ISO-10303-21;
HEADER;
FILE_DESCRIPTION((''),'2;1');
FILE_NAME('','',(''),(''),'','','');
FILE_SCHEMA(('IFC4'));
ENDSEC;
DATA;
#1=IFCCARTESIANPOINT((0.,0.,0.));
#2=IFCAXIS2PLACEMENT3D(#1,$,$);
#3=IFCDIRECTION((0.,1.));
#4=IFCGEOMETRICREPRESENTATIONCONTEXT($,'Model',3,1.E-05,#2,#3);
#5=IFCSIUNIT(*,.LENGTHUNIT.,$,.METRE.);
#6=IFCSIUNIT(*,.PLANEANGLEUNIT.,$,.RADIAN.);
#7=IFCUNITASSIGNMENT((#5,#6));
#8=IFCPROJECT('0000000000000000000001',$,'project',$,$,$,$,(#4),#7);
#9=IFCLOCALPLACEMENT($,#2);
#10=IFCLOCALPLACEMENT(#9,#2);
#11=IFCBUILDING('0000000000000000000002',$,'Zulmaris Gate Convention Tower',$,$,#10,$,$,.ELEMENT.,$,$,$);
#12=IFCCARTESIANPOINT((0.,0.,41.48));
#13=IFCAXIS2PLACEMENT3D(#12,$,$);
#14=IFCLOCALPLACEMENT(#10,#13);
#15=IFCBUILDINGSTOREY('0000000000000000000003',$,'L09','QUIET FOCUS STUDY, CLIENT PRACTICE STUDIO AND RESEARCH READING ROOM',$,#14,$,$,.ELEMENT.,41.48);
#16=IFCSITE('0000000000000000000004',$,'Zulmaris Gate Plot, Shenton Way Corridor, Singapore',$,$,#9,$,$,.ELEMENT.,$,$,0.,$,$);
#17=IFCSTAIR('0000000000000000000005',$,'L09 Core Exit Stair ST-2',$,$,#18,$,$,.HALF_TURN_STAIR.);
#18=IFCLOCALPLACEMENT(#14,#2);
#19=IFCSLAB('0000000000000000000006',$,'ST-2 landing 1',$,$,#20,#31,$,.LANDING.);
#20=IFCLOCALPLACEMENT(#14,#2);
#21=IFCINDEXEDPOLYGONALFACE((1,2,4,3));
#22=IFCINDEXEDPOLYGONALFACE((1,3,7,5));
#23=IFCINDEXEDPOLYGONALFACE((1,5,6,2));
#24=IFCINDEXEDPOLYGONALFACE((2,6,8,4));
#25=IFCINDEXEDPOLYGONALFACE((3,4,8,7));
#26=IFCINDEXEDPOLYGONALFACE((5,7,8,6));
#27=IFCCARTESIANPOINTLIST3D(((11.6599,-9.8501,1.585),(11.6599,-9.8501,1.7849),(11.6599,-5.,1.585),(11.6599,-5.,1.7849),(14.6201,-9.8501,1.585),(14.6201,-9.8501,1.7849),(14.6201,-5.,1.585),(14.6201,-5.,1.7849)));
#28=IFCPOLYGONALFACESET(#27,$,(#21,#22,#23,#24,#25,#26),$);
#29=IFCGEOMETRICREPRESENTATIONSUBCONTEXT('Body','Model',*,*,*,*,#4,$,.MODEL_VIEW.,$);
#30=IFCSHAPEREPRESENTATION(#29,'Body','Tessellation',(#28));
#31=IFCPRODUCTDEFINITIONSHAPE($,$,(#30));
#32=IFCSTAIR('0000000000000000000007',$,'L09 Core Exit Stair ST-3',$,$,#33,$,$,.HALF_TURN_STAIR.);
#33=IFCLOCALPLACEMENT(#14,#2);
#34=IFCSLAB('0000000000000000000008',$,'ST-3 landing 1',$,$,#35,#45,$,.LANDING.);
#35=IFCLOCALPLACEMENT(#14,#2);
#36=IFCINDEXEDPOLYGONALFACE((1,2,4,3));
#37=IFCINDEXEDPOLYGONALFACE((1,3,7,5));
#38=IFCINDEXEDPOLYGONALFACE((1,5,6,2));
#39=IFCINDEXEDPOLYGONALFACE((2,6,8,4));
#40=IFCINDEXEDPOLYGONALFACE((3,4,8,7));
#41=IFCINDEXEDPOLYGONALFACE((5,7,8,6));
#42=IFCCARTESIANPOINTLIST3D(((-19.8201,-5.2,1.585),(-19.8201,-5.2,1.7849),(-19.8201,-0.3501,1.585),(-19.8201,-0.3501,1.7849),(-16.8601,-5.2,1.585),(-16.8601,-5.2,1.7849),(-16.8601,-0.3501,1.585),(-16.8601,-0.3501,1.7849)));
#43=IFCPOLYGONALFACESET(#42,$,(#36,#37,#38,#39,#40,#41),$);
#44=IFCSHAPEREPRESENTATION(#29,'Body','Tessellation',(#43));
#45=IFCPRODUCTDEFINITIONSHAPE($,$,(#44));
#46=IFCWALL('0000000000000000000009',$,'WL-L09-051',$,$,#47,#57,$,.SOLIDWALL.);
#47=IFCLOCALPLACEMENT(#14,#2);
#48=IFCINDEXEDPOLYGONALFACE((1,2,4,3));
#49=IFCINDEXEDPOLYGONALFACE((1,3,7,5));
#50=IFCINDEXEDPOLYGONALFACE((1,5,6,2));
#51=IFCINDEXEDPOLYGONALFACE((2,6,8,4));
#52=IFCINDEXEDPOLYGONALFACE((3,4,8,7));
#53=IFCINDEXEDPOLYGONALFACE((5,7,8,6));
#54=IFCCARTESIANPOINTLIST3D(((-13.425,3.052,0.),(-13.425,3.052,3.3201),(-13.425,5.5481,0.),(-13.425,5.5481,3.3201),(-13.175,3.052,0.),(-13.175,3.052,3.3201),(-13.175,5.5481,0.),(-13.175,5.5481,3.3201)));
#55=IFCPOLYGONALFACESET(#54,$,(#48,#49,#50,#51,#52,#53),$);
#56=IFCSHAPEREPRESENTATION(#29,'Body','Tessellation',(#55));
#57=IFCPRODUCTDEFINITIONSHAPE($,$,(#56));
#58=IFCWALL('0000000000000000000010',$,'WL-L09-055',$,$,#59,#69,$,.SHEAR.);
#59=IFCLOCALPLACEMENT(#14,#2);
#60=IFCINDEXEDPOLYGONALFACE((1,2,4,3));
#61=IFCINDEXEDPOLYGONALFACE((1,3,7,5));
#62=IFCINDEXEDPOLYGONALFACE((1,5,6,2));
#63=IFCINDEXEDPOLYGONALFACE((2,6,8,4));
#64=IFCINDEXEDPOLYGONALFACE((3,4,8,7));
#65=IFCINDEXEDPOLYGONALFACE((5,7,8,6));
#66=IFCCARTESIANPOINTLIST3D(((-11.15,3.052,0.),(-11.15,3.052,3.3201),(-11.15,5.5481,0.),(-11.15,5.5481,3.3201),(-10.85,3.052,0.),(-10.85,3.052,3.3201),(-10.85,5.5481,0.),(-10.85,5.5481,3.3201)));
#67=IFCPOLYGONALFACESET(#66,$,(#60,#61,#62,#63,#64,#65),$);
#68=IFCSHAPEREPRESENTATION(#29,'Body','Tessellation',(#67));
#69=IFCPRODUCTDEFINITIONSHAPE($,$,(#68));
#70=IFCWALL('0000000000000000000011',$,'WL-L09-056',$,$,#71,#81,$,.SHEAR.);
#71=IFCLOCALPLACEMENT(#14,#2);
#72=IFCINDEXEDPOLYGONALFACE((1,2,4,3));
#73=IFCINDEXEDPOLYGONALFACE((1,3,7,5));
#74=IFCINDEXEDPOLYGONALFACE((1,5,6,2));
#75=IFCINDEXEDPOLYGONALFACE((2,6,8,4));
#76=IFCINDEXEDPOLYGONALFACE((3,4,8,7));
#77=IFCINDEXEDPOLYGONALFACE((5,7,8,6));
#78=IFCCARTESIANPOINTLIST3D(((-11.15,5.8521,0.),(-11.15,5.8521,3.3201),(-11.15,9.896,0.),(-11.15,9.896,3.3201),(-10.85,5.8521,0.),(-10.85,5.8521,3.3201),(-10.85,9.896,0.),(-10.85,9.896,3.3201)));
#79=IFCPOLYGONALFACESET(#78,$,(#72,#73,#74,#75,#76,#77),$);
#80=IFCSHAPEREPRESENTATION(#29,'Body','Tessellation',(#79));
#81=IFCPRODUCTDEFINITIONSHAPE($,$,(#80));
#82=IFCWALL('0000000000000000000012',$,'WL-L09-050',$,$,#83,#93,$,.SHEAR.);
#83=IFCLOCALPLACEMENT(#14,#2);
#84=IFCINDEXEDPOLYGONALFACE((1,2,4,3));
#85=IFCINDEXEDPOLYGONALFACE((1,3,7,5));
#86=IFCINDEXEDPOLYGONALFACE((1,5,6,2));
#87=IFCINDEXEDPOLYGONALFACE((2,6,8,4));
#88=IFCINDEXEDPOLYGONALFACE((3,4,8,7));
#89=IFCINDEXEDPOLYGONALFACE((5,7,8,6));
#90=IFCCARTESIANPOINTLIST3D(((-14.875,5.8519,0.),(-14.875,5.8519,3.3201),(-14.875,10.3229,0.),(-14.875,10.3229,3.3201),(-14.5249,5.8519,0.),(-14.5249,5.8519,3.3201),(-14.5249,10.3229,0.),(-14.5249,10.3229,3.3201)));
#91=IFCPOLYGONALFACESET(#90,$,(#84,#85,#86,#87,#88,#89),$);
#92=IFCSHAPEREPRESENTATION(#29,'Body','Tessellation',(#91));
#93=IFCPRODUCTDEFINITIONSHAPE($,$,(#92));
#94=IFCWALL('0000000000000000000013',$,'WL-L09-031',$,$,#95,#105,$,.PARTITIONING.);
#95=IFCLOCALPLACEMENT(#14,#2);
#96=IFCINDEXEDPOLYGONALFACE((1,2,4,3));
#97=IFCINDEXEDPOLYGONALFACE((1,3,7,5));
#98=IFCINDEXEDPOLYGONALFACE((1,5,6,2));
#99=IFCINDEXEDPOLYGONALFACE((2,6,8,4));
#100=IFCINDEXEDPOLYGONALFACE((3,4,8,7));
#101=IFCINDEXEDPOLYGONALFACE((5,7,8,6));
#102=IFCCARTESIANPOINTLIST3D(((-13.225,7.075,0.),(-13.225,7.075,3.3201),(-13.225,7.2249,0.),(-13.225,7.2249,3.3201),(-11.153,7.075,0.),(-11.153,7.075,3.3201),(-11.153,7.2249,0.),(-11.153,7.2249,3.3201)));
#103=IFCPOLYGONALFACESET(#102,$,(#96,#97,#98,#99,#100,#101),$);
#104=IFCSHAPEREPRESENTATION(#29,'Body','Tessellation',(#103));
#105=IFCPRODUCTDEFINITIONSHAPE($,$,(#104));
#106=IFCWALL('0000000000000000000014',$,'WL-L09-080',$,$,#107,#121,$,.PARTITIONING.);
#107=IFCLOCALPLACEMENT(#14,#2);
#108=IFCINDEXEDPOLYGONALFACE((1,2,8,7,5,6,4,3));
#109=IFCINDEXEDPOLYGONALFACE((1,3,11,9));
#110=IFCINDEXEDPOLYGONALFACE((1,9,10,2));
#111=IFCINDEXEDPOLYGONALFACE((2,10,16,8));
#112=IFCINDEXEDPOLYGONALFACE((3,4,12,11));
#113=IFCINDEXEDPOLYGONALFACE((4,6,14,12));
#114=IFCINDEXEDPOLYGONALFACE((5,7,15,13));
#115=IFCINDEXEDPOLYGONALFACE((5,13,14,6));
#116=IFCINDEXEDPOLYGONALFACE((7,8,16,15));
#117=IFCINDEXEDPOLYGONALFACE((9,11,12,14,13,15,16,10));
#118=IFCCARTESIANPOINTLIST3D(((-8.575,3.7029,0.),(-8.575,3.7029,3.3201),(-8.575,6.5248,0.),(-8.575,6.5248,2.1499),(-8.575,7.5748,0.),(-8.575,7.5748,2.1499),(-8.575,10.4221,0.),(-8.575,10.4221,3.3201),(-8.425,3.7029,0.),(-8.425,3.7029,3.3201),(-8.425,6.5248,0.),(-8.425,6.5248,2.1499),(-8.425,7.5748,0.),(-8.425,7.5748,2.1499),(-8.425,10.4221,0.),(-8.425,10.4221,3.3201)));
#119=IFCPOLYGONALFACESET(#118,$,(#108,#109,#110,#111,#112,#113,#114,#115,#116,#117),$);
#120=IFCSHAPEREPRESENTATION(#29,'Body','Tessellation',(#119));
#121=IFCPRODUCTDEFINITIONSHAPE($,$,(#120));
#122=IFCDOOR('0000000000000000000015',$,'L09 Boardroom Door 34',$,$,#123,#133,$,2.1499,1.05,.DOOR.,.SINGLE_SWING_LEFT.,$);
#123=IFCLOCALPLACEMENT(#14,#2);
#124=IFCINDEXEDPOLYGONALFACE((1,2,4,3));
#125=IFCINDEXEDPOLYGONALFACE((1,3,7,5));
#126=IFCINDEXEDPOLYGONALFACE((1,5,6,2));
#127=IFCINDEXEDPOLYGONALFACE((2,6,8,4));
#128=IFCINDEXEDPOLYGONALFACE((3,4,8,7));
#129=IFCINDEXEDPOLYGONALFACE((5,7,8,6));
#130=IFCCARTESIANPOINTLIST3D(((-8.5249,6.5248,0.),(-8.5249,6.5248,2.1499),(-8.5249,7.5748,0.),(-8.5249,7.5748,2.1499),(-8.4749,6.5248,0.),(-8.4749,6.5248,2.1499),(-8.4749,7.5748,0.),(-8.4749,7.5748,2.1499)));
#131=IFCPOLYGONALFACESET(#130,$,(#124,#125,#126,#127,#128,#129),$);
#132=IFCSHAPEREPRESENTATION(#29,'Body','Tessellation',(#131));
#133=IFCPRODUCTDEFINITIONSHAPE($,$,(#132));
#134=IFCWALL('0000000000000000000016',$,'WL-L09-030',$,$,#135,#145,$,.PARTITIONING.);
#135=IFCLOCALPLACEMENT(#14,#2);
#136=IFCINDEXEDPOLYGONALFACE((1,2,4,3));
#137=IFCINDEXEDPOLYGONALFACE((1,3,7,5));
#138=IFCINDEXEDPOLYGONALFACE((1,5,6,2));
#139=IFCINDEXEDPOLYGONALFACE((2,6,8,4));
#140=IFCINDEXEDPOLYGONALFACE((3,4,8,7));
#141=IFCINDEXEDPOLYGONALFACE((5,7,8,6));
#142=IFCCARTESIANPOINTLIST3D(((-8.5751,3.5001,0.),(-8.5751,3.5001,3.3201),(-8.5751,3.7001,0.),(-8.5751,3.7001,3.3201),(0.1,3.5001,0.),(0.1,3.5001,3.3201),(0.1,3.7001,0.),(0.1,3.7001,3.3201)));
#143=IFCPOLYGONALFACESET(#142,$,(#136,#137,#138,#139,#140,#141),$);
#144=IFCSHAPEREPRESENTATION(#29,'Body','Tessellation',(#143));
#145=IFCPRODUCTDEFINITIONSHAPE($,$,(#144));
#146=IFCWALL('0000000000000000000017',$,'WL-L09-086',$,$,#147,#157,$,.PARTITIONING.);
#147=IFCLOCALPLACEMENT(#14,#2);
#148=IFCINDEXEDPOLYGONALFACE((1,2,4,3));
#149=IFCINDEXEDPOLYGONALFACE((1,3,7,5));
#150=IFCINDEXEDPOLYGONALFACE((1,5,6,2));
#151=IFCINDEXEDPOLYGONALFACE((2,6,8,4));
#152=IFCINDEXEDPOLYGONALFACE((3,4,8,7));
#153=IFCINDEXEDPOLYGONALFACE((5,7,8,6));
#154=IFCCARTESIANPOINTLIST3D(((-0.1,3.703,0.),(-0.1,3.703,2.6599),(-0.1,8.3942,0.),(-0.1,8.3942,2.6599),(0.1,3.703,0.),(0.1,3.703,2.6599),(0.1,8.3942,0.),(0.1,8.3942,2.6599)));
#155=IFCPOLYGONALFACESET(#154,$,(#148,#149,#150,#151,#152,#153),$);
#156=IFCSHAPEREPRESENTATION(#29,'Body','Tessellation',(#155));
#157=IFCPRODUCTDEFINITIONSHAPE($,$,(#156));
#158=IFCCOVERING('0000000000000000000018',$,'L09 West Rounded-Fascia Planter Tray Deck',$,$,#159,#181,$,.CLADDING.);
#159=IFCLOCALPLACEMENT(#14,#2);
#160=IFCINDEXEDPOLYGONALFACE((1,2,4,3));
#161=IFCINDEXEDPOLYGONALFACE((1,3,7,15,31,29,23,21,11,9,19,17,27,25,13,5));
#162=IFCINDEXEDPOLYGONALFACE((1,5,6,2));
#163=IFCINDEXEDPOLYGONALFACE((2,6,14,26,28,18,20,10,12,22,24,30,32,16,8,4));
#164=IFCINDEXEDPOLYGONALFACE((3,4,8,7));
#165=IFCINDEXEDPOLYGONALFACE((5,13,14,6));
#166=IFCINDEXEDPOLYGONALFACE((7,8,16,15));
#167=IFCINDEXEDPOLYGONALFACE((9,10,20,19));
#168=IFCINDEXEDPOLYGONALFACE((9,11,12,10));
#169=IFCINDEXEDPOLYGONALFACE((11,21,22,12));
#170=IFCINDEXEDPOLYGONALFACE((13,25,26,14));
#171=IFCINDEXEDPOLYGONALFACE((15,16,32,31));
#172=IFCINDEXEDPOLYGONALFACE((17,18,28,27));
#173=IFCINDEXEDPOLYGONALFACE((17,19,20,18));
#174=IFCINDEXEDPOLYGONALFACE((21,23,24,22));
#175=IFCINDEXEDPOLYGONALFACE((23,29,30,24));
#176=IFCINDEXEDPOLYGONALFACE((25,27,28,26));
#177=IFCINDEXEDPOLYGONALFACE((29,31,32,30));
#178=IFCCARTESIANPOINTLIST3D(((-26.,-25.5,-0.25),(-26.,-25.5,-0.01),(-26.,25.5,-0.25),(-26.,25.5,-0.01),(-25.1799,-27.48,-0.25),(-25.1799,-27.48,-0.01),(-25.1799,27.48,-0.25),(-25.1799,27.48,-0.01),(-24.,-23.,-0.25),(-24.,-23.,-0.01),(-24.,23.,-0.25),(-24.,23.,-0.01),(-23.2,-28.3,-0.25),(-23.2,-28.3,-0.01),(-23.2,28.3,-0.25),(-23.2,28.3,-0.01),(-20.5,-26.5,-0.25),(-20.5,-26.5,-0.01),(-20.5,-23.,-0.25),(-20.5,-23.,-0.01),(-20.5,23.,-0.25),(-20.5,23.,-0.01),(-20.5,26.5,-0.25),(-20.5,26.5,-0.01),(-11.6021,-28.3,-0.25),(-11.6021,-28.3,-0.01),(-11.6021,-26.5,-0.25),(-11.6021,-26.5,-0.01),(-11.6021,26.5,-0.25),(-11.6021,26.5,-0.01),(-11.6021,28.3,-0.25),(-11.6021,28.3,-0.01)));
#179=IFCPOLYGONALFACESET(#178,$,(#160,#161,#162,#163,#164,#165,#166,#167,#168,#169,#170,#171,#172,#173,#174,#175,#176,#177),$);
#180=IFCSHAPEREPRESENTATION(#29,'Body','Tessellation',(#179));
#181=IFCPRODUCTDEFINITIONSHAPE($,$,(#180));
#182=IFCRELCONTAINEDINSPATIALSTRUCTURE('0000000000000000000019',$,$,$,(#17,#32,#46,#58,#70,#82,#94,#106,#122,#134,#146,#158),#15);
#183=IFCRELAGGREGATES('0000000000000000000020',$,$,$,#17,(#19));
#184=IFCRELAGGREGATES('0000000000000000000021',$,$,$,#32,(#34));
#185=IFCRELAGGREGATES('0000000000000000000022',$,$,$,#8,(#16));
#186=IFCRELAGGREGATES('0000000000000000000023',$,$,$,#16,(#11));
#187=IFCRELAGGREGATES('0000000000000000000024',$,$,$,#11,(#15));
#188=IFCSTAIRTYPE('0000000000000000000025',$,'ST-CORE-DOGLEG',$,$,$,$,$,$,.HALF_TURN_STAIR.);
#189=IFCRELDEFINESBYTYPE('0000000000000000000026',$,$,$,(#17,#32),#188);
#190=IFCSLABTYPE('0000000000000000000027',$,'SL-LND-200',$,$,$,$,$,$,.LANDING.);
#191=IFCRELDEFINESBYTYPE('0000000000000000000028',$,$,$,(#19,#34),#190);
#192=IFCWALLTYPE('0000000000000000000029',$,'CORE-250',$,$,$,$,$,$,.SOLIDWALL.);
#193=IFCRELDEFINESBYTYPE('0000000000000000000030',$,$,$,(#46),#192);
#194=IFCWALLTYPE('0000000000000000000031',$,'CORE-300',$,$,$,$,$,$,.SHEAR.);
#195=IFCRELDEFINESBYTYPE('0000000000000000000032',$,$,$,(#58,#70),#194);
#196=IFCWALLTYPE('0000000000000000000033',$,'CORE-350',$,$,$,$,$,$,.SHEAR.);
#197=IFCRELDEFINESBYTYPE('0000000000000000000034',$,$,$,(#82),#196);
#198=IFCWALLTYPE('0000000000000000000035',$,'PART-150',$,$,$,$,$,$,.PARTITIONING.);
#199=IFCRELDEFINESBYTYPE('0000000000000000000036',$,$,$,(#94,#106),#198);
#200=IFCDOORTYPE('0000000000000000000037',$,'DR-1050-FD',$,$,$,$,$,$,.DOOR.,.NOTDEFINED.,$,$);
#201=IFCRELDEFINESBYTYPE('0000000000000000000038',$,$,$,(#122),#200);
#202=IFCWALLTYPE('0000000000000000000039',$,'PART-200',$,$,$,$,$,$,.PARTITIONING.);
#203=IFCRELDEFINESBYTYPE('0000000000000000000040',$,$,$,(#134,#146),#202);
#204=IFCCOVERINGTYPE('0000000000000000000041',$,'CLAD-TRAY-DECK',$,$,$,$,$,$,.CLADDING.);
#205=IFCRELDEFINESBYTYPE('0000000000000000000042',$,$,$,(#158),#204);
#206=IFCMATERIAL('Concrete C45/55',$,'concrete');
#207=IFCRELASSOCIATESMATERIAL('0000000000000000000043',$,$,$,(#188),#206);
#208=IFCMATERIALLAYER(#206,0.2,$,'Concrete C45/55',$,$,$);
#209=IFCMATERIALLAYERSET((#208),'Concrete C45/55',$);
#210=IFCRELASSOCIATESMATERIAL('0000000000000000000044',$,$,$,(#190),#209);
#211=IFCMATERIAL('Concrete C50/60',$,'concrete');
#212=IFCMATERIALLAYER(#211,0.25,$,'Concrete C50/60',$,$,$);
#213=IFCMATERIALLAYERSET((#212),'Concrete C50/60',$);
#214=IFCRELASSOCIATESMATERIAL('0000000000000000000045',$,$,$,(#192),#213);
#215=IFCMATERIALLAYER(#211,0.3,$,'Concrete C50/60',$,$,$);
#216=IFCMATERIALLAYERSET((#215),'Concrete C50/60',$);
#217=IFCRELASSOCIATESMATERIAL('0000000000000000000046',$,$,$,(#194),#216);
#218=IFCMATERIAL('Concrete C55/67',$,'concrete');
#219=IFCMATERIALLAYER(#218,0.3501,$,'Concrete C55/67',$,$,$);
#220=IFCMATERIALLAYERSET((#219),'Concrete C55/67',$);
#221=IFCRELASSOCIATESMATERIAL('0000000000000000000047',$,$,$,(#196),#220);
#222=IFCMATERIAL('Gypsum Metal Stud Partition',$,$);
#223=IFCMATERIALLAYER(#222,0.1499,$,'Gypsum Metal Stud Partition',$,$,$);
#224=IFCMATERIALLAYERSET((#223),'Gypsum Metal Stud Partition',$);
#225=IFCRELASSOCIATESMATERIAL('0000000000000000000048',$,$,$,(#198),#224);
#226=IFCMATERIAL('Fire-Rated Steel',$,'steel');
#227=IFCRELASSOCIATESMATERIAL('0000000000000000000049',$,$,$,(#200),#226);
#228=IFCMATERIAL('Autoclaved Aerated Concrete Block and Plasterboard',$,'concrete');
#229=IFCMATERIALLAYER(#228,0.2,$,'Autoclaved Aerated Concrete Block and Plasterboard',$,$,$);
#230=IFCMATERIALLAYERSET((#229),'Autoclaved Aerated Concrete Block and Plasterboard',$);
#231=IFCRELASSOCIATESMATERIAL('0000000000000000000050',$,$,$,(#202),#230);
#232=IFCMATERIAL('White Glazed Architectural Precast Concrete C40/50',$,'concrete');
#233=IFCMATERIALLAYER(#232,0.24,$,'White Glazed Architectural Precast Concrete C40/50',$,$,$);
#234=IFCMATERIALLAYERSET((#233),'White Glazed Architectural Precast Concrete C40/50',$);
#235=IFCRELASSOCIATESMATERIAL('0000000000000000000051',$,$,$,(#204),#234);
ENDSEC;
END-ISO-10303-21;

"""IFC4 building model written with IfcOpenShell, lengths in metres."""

from ifc_helpers import new_model, si_unit, direction, frame, frame_2d, origin, place, context, subcontext, project, spatial, polyline, rectangle, outline, extrude, material, layer, layer_set, type_object, element, fill, aggregate, save


model = new_model("IFC4")

# Units and contexts
model_context = context("Model", 3, precision=1e-05, world=origin(), true_north=direction((0.0, 1.0)))
body_context = subcontext(model_context, "Body", "Model", "MODEL_VIEW")
ifc_project = project(units=[si_unit("LENGTHUNIT", "METRE"), si_unit("PLANEANGLEUNIT", "RADIAN")], contexts=[model_context])

# Site, building, storey
site_placement = place(None, origin())
site = spatial("IfcSite", under=ifc_project, at=site_placement, Name="Zulmaris Gate Plot, Shenton Way Corridor, Singapore", CompositionType="ELEMENT", RefElevation=0.0)
building_placement = place(site_placement, origin())
building = spatial("IfcBuilding", under=site, at=building_placement, Name="Zulmaris Gate Convention Tower", CompositionType="ELEMENT")
storey_placement = place(building_placement, frame((0.0, 0.0, 41.48)))
storey = spatial("IfcBuildingStorey", under=building, at=storey_placement, Name="L09", Description="QUIET FOCUS STUDY, CLIENT PRACTICE STUDIO AND RESEARCH READING ROOM", CompositionType="ELEMENT", Elevation=41.48)

# Shared definitions
ifc_material_1 = material(Name="Concrete C50/60", Category="concrete")

# Stairs, slabs
ifc_material_2 = material(Name="Concrete C45/55", Category="concrete")
stair_type = type_object("IfcStairType", Name="ST-CORE-DOGLEG", PredefinedType="HALF_TURN_STAIR", material=ifc_material_2)
ifc_layer_1 = layer(ifc_material_2, 0.2, Name="Concrete C45/55")
ifc_layer_set_1 = layer_set([ifc_layer_1], Name="Concrete C45/55")
slab_type_1 = type_object("IfcSlabType", Name="SL-LND-200", PredefinedType="LANDING", material=ifc_layer_set_1)
stair_1_placement = place(storey_placement, origin())
stair_1 = element("IfcStair", 1, at=stair_1_placement, inside=storey, type_object=stair_type, Name="L09 Core Exit Stair ST-2", PredefinedType="HALF_TURN_STAIR")
slab_1_placement = place(storey_placement, frame((0.0, 0.0, 1.585)))
slab_1 = element("IfcSlab", 2, at=slab_1_placement, type_object=slab_type_1, Name="ST-2 landing 1", PredefinedType="LANDING", context=body_context, shape_type="SweptSolid", body=[
    extrude(outline(polyline([(11.6599, -5.0), (11.6599, -9.8501), (14.6201, -9.8501), (14.6201, -5.0), (11.6599, -5.0)])), origin(), (0.0, 0.0, 1.0), 0.2),
])
aggregate(stair_1, [slab_1])
stair_2_placement = place(storey_placement, origin())
stair_2 = element("IfcStair", 3, at=stair_2_placement, inside=storey, type_object=stair_type, Name="L09 Core Exit Stair ST-3", PredefinedType="HALF_TURN_STAIR")
slab_2_placement = place(storey_placement, frame((0.0, 0.0, 1.585)))
slab_2 = element("IfcSlab", 4, at=slab_2_placement, type_object=slab_type_1, Name="ST-3 landing 1", PredefinedType="LANDING", context=body_context, shape_type="SweptSolid", body=[
    extrude(outline(polyline([(-16.8601, -5.2), (-16.8601, -0.3501), (-19.8201, -0.3501), (-19.8201, -5.2), (-16.8601, -5.2)])), origin(), (0.0, 0.0, 1.0), 0.2),
])
aggregate(stair_2, [slab_2])

# Wall
ifc_layer_2 = layer(ifc_material_1, 0.25, Name="Concrete C50/60")
ifc_layer_set_2 = layer_set([ifc_layer_2], Name="Concrete C50/60")
wall_type_1 = type_object("IfcWallType", Name="CORE-250", PredefinedType="SOLIDWALL", material=ifc_layer_set_2)
wall_1_placement = place(storey_placement, frame((-13.3, 3.052, 0.0), z_axis=(0.0, 0.0, 1.0), x_axis=(0.0, 1.0, 0.0)))
element("IfcWall", 5, at=wall_1_placement, inside=storey, type_object=wall_type_1, Name="WL-L09-051", PredefinedType="SOLIDWALL", context=body_context, shape_type="SweptSolid", body=[
    extrude(rectangle(XDim=2.4961, YDim=0.25, at=frame_2d((1.248, 0.0))), origin(), (0.0, 0.0, 1.0), 3.3201),
])

# Shared definitions
ifc_layer_3 = layer(ifc_material_1, 0.3, Name="Concrete C50/60")
ifc_layer_set_3 = layer_set([ifc_layer_3], Name="Concrete C50/60")
wall_type_2 = type_object("IfcWallType", Name="CORE-300", PredefinedType="SHEAR", material=ifc_layer_set_3)
ifc_material_3 = material(Name="Fire-Rated Steel", Category="steel")

# Walls
wall_2_placement = place(storey_placement, frame((-11.0, 3.052, 0.0), z_axis=(0.0, 0.0, 1.0), x_axis=(0.0, 1.0, 0.0)))
element("IfcWall", 6, at=wall_2_placement, inside=storey, type_object=wall_type_2, Name="WL-L09-055", PredefinedType="SHEAR", context=body_context, shape_type="SweptSolid", body=[
    extrude(rectangle(XDim=2.4961, YDim=0.3, at=frame_2d((1.248, 0.0))), origin(), (0.0, 0.0, 1.0), 3.3201),
])
wall_3_placement = place(storey_placement, frame((-11.0, 5.8521, 0.0), z_axis=(0.0, 0.0, 1.0), x_axis=(0.0, 1.0, 0.0)))
element("IfcWall", 7, at=wall_3_placement, inside=storey, type_object=wall_type_2, Name="WL-L09-056", PredefinedType="SHEAR", context=body_context, shape_type="SweptSolid", body=[
    extrude(rectangle(XDim=4.0439, YDim=0.3, at=frame_2d((2.022, 0.0))), origin(), (0.0, 0.0, 1.0), 3.3201),
])
ifc_material_4 = material(Name="Concrete C55/67", Category="concrete")
ifc_layer_4 = layer(ifc_material_4, 0.3501, Name="Concrete C55/67")
ifc_layer_set_4 = layer_set([ifc_layer_4], Name="Concrete C55/67")
wall_type_3 = type_object("IfcWallType", Name="CORE-350", PredefinedType="SHEAR", material=ifc_layer_set_4)
wall_4_placement = place(storey_placement, frame((-14.7, 5.8521, 0.0), z_axis=(0.0, 0.0, 1.0), x_axis=(0.0, 1.0, 0.0)))
element("IfcWall", 8, at=wall_4_placement, inside=storey, type_object=wall_type_3, Name="WL-L09-050", PredefinedType="SHEAR", context=body_context, shape_type="SweptSolid", body=[
    extrude(rectangle(XDim=4.4709, YDim=0.3501, at=frame_2d((2.2354, 0.0))), origin(), (0.0, 0.0, 1.0), 3.3201),
])
ifc_material_5 = material(Name="Gypsum Metal Stud Partition")
ifc_layer_5 = layer(ifc_material_5, 0.1499, Name="Gypsum Metal Stud Partition")
ifc_layer_set_5 = layer_set([ifc_layer_5], Name="Gypsum Metal Stud Partition")
wall_type_4 = type_object("IfcWallType", Name="PART-150", PredefinedType="PARTITIONING", material=ifc_layer_set_5)
wall_5_placement = place(storey_placement, frame((-13.2251, 7.1499, 0.0), z_axis=(0.0, 0.0, 1.0), x_axis=(1.0, 0.0, 0.0)))
element("IfcWall", 9, at=wall_5_placement, inside=storey, type_object=wall_type_4, Name="WL-L09-031", PredefinedType="PARTITIONING", context=body_context, shape_type="SweptSolid", body=[
    extrude(rectangle(XDim=2.072, YDim=0.1499, at=frame_2d((1.0361, 0.0))), origin(), (0.0, 0.0, 1.0), 3.3201),
])

# Wall, opening, door
wall_6_placement = place(storey_placement, frame((-8.5, 3.7029, 0.0), z_axis=(0.0, 0.0, 1.0), x_axis=(0.0, 1.0, 0.0)))
wall_6 = element("IfcWall", 10, at=wall_6_placement, inside=storey, type_object=wall_type_4, Name="WL-L09-080", PredefinedType="PARTITIONING", context=body_context, shape_type="SweptSolid", body=[
    extrude(rectangle(XDim=6.7192, YDim=0.1499, at=frame_2d((3.3596, 0.0))), origin(), (0.0, 0.0, 1.0), 3.3201),
])
opening_1_placement = place(wall_6_placement, frame((2.822, 0.0, 0.0)))
opening_1 = element("IfcOpeningElement", 11, at=opening_1_placement, cuts=wall_6, PredefinedType="OPENING", context=body_context, shape_type="SweptSolid", body=[
    extrude(rectangle(XDim=1.05, YDim=2.1499, at=frame_2d((0.5249, 1.075))), frame((0.0, 0.085, 0.0), z_axis=(0.0, -1.0, 0.0), x_axis=(1.0, 0.0, 0.0)), (0.0, 0.0, 1.0), 0.1699),
])
door_type_1 = type_object("IfcDoorType", Name="DR-1050-FD", OperationType="NOTDEFINED", PredefinedType="DOOR", material=ifc_material_3)
door_1_placement = place(opening_1_placement, origin())
door_1 = element("IfcDoor", 12, at=door_1_placement, inside=storey, type_object=door_type_1, Name="L09 Boardroom Door 34", OperationType="SINGLE_SWING_LEFT", OverallHeight=2.1499, OverallWidth=1.05, PredefinedType="DOOR", context=body_context, shape_type="SweptSolid", body=[
    extrude(rectangle(XDim=1.05, YDim=2.1499, at=frame_2d((0.5249, 1.075))), frame((0.0, 0.0249, 0.0), z_axis=(0.0, -1.0, 0.0), x_axis=(1.0, 0.0, 0.0)), (0.0, 0.0, 1.0), 0.05),
])
fill(opening_1, door_1)

# Walls
ifc_material_6 = material(Name="Autoclaved Aerated Concrete Block and Plasterboard", Category="concrete")
ifc_layer_6 = layer(ifc_material_6, 0.2, Name="Autoclaved Aerated Concrete Block and Plasterboard")
ifc_layer_set_6 = layer_set([ifc_layer_6], Name="Autoclaved Aerated Concrete Block and Plasterboard")
wall_type_5 = type_object("IfcWallType", Name="PART-200", PredefinedType="PARTITIONING", material=ifc_layer_set_6)
wall_7_placement = place(storey_placement, frame((-8.575, 3.6001, 0.0), z_axis=(0.0, 0.0, 1.0), x_axis=(1.0, 0.0, 0.0)))
element("IfcWall", 13, at=wall_7_placement, inside=storey, type_object=wall_type_5, Name="WL-L09-030", PredefinedType="PARTITIONING", context=body_context, shape_type="SweptSolid", body=[
    extrude(rectangle(XDim=8.675, YDim=0.2, at=frame_2d((4.3374, 0.0))), origin(), (0.0, 0.0, 1.0), 3.3201),
])
wall_8_placement = place(storey_placement, frame((0.0, 3.7029, 0.0), z_axis=(0.0, 0.0, 1.0), x_axis=(0.0, 1.0, 0.0)))
element("IfcWall", 14, at=wall_8_placement, inside=storey, type_object=wall_type_5, Name="WL-L09-086", PredefinedType="PARTITIONING", context=body_context, shape_type="SweptSolid", body=[
    extrude(rectangle(XDim=4.6912, YDim=0.2, at=frame_2d((2.3457, 0.0))), origin(), (0.0, 0.0, 1.0), 2.6599),
])

# Covering
ifc_material_7 = material(Name="White Glazed Architectural Precast Concrete C40/50", Category="concrete")
ifc_layer_7 = layer(ifc_material_7, 0.24, Name="White Glazed Architectural Precast Concrete C40/50")
ifc_layer_set_7 = layer_set([ifc_layer_7], Name="White Glazed Architectural Precast Concrete C40/50")
covering_type_1 = type_object("IfcCoveringType", Name="CLAD-TRAY-DECK", PredefinedType="CLADDING", material=ifc_layer_set_7)
covering_1_placement = place(storey_placement, frame((0.0, 0.0, -0.25)))
element("IfcCovering", 15, at=covering_1_placement, inside=storey, type_object=covering_type_1, Name="L09 West Rounded-Fascia Planter Tray Deck", PredefinedType="CLADDING", context=body_context, shape_type="SweptSolid", body=[
    extrude(outline(polyline([(-26.0, 25.5), (-25.1799, 27.48), (-23.2, 28.3), (-11.6021, 28.3), (-11.6021, 26.5), (-20.5, 26.5), (-20.5, 23.0), (-24.0, 23.0), (-24.0, -23.0), (-20.5, -23.0), (-20.5, -26.5), (-11.6021, -26.5), (-11.6021, -28.3), (-23.2, -28.3), (-25.1799, -27.48), (-26.0, -25.5), (-26.0, 25.5)])), origin(), (0.0, 0.0, 1.0), 0.24),
])

save(model, "model.ifc")
